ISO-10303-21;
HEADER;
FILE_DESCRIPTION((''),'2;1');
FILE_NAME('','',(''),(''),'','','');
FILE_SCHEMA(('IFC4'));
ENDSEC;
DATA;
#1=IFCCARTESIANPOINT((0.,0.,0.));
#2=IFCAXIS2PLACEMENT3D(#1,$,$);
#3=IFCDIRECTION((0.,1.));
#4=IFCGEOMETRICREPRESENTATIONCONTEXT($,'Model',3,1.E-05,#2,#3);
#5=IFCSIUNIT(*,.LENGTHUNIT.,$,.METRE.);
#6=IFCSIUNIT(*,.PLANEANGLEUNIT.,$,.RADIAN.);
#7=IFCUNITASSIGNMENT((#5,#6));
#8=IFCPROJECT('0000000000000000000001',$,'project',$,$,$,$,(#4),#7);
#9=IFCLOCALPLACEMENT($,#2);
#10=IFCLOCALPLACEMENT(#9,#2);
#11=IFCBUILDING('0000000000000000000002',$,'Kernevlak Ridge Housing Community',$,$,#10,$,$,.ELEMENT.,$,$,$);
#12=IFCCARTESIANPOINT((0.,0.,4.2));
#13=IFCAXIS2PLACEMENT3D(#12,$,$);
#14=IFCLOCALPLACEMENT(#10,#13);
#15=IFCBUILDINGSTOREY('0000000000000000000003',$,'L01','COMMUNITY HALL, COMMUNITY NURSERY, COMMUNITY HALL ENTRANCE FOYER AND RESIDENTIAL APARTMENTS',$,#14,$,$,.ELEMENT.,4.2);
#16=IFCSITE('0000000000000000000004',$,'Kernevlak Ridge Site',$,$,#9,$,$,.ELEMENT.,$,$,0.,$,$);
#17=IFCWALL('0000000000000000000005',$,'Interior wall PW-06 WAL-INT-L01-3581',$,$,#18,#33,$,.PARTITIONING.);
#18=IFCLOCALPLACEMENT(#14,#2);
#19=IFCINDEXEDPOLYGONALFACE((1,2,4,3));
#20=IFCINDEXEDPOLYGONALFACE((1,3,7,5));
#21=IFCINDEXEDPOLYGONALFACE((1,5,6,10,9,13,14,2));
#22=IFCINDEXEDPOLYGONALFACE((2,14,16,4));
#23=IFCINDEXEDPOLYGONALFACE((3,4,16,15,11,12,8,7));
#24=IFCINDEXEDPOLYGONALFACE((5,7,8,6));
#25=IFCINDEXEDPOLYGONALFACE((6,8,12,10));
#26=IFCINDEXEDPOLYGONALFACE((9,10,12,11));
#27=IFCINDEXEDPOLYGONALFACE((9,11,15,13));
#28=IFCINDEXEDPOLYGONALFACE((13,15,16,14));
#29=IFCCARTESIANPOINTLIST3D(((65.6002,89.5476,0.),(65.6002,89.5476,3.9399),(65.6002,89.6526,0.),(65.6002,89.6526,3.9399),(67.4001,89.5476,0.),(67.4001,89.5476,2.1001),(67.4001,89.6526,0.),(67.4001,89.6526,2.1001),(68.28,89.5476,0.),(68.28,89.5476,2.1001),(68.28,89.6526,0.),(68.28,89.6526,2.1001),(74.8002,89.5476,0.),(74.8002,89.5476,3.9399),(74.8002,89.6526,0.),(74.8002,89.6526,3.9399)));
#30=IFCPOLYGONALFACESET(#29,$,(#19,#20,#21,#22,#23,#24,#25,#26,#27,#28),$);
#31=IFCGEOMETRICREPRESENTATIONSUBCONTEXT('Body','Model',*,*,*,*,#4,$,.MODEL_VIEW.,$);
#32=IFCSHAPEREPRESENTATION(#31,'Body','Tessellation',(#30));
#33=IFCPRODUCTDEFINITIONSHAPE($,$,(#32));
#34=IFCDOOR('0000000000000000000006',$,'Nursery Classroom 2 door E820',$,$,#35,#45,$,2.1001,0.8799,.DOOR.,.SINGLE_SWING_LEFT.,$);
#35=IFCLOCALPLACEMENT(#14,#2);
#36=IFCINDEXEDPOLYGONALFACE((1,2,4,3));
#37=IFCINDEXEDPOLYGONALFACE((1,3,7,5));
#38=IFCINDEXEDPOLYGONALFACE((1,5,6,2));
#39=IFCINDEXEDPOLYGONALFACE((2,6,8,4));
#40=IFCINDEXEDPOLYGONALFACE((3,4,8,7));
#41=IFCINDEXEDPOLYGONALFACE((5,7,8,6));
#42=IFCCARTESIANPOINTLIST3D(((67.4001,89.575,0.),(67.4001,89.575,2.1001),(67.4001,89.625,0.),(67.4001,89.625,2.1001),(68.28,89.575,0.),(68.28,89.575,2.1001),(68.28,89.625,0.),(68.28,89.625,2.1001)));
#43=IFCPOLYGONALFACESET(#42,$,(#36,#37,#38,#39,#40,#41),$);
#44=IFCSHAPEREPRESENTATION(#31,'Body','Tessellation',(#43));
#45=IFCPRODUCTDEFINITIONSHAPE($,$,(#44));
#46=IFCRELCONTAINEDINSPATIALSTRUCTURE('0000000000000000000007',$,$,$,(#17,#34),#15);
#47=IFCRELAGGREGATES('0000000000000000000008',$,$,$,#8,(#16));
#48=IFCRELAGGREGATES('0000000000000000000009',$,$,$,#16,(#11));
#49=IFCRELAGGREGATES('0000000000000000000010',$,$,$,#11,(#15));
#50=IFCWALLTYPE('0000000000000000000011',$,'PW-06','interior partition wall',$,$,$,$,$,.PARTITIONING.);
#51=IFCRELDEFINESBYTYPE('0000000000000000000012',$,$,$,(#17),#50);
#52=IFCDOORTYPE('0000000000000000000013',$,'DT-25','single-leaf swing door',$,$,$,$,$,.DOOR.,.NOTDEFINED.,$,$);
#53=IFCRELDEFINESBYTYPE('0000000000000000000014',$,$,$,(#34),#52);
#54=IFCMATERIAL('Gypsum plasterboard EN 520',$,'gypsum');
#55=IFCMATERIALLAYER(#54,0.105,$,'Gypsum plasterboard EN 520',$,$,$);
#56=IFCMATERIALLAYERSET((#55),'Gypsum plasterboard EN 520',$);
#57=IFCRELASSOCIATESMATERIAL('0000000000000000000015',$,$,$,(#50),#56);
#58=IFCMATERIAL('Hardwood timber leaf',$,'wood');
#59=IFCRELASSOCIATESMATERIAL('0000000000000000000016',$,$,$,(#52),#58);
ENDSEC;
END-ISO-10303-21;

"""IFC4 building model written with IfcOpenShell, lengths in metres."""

from ifc_helpers import new_model, si_unit, direction, frame, frame_2d, origin, place, context, subcontext, project, spatial, rectangle, extrude, material, layer, layer_set, type_object, element, fill, save


model = new_model("IFC4")

# Units and contexts
model_context = context("Model", 3, precision=1e-05, world=origin(), true_north=direction((0.0, 1.0)))
body_context = subcontext(model_context, "Body", "Model", "MODEL_VIEW")
ifc_project = project(units=[si_unit("LENGTHUNIT", "METRE"), si_unit("PLANEANGLEUNIT", "RADIAN")], contexts=[model_context])

# Site, building, storey
site_placement = place(None, origin())
site = spatial("IfcSite", under=ifc_project, at=site_placement, Name="Kernevlak Ridge Site", CompositionType="ELEMENT", RefElevation=0.0)
building_placement = place(site_placement, origin())
building = spatial("IfcBuilding", under=site, at=building_placement, Name="Kernevlak Ridge Housing Community", CompositionType="ELEMENT")
storey_placement = place(building_placement, frame((0.0, 0.0, 4.2)))
storey = spatial("IfcBuildingStorey", under=building, at=storey_placement, Name="L01", Description="COMMUNITY HALL, COMMUNITY NURSERY, COMMUNITY HALL ENTRANCE FOYER AND RESIDENTIAL APARTMENTS", CompositionType="ELEMENT", Elevation=4.2)

# Shared definitions
ifc_material_1 = material(Name="Hardwood timber leaf", Category="wood")

# Wall, opening, door
ifc_material_2 = material(Name="Gypsum plasterboard EN 520", Category="gypsum")
ifc_layer_1 = layer(ifc_material_2, 0.105, Name="Gypsum plasterboard EN 520")
ifc_layer_set_1 = layer_set([ifc_layer_1], Name="Gypsum plasterboard EN 520")
wall_type_1 = type_object("IfcWallType", Name="PW-06", Description="interior partition wall", PredefinedType="PARTITIONING", material=ifc_layer_set_1)
wall_1_placement = place(storey_placement, frame((65.6001, 89.6001, 0.0), z_axis=(0.0, 0.0, 1.0), x_axis=(1.0, 0.0, 0.0)))
wall_1 = element("IfcWall", 1, at=wall_1_placement, inside=storey, type_object=wall_type_1, Name="Interior wall PW-06 WAL-INT-L01-3581", PredefinedType="PARTITIONING", context=body_context, shape_type="SweptSolid", body=[
    extrude(rectangle(XDim=9.2, YDim=0.105, at=frame_2d((4.6001, 0.0))), origin(), (0.0, 0.0, 1.0), 3.9399),
])
opening_1_placement = place(wall_1_placement, frame((1.8, 0.0, 0.0)))
opening_1 = element("IfcOpeningElement", 2, at=opening_1_placement, cuts=wall_1, PredefinedType="OPENING", context=body_context, shape_type="SweptSolid", body=[
    extrude(rectangle(XDim=0.8799, YDim=2.1001, at=frame_2d((0.4399, 1.05))), frame((0.0, 0.0625, 0.0), z_axis=(0.0, -1.0, 0.0), x_axis=(1.0, 0.0, 0.0)), (0.0, 0.0, 1.0), 0.125),
])
door_type_1 = type_object("IfcDoorType", Name="DT-25", Description="single-leaf swing door", OperationType="NOTDEFINED", PredefinedType="DOOR", material=ifc_material_1)
door_1_placement = place(opening_1_placement, origin())
door_1 = element("IfcDoor", 3, at=door_1_placement, inside=storey, type_object=door_type_1, Name="Nursery Classroom 2 door E820", OperationType="SINGLE_SWING_LEFT", OverallHeight=2.1001, OverallWidth=0.8799, PredefinedType="DOOR", context=body_context, shape_type="SweptSolid", body=[
    extrude(rectangle(XDim=0.8799, YDim=2.1001, at=frame_2d((0.4399, 1.05))), frame((0.0, 0.0249, 0.0), z_axis=(0.0, -1.0, 0.0), x_axis=(1.0, 0.0, 0.0)), (0.0, 0.0, 1.0), 0.05),
])
fill(opening_1, door_1)

save(model, "model.ifc")
